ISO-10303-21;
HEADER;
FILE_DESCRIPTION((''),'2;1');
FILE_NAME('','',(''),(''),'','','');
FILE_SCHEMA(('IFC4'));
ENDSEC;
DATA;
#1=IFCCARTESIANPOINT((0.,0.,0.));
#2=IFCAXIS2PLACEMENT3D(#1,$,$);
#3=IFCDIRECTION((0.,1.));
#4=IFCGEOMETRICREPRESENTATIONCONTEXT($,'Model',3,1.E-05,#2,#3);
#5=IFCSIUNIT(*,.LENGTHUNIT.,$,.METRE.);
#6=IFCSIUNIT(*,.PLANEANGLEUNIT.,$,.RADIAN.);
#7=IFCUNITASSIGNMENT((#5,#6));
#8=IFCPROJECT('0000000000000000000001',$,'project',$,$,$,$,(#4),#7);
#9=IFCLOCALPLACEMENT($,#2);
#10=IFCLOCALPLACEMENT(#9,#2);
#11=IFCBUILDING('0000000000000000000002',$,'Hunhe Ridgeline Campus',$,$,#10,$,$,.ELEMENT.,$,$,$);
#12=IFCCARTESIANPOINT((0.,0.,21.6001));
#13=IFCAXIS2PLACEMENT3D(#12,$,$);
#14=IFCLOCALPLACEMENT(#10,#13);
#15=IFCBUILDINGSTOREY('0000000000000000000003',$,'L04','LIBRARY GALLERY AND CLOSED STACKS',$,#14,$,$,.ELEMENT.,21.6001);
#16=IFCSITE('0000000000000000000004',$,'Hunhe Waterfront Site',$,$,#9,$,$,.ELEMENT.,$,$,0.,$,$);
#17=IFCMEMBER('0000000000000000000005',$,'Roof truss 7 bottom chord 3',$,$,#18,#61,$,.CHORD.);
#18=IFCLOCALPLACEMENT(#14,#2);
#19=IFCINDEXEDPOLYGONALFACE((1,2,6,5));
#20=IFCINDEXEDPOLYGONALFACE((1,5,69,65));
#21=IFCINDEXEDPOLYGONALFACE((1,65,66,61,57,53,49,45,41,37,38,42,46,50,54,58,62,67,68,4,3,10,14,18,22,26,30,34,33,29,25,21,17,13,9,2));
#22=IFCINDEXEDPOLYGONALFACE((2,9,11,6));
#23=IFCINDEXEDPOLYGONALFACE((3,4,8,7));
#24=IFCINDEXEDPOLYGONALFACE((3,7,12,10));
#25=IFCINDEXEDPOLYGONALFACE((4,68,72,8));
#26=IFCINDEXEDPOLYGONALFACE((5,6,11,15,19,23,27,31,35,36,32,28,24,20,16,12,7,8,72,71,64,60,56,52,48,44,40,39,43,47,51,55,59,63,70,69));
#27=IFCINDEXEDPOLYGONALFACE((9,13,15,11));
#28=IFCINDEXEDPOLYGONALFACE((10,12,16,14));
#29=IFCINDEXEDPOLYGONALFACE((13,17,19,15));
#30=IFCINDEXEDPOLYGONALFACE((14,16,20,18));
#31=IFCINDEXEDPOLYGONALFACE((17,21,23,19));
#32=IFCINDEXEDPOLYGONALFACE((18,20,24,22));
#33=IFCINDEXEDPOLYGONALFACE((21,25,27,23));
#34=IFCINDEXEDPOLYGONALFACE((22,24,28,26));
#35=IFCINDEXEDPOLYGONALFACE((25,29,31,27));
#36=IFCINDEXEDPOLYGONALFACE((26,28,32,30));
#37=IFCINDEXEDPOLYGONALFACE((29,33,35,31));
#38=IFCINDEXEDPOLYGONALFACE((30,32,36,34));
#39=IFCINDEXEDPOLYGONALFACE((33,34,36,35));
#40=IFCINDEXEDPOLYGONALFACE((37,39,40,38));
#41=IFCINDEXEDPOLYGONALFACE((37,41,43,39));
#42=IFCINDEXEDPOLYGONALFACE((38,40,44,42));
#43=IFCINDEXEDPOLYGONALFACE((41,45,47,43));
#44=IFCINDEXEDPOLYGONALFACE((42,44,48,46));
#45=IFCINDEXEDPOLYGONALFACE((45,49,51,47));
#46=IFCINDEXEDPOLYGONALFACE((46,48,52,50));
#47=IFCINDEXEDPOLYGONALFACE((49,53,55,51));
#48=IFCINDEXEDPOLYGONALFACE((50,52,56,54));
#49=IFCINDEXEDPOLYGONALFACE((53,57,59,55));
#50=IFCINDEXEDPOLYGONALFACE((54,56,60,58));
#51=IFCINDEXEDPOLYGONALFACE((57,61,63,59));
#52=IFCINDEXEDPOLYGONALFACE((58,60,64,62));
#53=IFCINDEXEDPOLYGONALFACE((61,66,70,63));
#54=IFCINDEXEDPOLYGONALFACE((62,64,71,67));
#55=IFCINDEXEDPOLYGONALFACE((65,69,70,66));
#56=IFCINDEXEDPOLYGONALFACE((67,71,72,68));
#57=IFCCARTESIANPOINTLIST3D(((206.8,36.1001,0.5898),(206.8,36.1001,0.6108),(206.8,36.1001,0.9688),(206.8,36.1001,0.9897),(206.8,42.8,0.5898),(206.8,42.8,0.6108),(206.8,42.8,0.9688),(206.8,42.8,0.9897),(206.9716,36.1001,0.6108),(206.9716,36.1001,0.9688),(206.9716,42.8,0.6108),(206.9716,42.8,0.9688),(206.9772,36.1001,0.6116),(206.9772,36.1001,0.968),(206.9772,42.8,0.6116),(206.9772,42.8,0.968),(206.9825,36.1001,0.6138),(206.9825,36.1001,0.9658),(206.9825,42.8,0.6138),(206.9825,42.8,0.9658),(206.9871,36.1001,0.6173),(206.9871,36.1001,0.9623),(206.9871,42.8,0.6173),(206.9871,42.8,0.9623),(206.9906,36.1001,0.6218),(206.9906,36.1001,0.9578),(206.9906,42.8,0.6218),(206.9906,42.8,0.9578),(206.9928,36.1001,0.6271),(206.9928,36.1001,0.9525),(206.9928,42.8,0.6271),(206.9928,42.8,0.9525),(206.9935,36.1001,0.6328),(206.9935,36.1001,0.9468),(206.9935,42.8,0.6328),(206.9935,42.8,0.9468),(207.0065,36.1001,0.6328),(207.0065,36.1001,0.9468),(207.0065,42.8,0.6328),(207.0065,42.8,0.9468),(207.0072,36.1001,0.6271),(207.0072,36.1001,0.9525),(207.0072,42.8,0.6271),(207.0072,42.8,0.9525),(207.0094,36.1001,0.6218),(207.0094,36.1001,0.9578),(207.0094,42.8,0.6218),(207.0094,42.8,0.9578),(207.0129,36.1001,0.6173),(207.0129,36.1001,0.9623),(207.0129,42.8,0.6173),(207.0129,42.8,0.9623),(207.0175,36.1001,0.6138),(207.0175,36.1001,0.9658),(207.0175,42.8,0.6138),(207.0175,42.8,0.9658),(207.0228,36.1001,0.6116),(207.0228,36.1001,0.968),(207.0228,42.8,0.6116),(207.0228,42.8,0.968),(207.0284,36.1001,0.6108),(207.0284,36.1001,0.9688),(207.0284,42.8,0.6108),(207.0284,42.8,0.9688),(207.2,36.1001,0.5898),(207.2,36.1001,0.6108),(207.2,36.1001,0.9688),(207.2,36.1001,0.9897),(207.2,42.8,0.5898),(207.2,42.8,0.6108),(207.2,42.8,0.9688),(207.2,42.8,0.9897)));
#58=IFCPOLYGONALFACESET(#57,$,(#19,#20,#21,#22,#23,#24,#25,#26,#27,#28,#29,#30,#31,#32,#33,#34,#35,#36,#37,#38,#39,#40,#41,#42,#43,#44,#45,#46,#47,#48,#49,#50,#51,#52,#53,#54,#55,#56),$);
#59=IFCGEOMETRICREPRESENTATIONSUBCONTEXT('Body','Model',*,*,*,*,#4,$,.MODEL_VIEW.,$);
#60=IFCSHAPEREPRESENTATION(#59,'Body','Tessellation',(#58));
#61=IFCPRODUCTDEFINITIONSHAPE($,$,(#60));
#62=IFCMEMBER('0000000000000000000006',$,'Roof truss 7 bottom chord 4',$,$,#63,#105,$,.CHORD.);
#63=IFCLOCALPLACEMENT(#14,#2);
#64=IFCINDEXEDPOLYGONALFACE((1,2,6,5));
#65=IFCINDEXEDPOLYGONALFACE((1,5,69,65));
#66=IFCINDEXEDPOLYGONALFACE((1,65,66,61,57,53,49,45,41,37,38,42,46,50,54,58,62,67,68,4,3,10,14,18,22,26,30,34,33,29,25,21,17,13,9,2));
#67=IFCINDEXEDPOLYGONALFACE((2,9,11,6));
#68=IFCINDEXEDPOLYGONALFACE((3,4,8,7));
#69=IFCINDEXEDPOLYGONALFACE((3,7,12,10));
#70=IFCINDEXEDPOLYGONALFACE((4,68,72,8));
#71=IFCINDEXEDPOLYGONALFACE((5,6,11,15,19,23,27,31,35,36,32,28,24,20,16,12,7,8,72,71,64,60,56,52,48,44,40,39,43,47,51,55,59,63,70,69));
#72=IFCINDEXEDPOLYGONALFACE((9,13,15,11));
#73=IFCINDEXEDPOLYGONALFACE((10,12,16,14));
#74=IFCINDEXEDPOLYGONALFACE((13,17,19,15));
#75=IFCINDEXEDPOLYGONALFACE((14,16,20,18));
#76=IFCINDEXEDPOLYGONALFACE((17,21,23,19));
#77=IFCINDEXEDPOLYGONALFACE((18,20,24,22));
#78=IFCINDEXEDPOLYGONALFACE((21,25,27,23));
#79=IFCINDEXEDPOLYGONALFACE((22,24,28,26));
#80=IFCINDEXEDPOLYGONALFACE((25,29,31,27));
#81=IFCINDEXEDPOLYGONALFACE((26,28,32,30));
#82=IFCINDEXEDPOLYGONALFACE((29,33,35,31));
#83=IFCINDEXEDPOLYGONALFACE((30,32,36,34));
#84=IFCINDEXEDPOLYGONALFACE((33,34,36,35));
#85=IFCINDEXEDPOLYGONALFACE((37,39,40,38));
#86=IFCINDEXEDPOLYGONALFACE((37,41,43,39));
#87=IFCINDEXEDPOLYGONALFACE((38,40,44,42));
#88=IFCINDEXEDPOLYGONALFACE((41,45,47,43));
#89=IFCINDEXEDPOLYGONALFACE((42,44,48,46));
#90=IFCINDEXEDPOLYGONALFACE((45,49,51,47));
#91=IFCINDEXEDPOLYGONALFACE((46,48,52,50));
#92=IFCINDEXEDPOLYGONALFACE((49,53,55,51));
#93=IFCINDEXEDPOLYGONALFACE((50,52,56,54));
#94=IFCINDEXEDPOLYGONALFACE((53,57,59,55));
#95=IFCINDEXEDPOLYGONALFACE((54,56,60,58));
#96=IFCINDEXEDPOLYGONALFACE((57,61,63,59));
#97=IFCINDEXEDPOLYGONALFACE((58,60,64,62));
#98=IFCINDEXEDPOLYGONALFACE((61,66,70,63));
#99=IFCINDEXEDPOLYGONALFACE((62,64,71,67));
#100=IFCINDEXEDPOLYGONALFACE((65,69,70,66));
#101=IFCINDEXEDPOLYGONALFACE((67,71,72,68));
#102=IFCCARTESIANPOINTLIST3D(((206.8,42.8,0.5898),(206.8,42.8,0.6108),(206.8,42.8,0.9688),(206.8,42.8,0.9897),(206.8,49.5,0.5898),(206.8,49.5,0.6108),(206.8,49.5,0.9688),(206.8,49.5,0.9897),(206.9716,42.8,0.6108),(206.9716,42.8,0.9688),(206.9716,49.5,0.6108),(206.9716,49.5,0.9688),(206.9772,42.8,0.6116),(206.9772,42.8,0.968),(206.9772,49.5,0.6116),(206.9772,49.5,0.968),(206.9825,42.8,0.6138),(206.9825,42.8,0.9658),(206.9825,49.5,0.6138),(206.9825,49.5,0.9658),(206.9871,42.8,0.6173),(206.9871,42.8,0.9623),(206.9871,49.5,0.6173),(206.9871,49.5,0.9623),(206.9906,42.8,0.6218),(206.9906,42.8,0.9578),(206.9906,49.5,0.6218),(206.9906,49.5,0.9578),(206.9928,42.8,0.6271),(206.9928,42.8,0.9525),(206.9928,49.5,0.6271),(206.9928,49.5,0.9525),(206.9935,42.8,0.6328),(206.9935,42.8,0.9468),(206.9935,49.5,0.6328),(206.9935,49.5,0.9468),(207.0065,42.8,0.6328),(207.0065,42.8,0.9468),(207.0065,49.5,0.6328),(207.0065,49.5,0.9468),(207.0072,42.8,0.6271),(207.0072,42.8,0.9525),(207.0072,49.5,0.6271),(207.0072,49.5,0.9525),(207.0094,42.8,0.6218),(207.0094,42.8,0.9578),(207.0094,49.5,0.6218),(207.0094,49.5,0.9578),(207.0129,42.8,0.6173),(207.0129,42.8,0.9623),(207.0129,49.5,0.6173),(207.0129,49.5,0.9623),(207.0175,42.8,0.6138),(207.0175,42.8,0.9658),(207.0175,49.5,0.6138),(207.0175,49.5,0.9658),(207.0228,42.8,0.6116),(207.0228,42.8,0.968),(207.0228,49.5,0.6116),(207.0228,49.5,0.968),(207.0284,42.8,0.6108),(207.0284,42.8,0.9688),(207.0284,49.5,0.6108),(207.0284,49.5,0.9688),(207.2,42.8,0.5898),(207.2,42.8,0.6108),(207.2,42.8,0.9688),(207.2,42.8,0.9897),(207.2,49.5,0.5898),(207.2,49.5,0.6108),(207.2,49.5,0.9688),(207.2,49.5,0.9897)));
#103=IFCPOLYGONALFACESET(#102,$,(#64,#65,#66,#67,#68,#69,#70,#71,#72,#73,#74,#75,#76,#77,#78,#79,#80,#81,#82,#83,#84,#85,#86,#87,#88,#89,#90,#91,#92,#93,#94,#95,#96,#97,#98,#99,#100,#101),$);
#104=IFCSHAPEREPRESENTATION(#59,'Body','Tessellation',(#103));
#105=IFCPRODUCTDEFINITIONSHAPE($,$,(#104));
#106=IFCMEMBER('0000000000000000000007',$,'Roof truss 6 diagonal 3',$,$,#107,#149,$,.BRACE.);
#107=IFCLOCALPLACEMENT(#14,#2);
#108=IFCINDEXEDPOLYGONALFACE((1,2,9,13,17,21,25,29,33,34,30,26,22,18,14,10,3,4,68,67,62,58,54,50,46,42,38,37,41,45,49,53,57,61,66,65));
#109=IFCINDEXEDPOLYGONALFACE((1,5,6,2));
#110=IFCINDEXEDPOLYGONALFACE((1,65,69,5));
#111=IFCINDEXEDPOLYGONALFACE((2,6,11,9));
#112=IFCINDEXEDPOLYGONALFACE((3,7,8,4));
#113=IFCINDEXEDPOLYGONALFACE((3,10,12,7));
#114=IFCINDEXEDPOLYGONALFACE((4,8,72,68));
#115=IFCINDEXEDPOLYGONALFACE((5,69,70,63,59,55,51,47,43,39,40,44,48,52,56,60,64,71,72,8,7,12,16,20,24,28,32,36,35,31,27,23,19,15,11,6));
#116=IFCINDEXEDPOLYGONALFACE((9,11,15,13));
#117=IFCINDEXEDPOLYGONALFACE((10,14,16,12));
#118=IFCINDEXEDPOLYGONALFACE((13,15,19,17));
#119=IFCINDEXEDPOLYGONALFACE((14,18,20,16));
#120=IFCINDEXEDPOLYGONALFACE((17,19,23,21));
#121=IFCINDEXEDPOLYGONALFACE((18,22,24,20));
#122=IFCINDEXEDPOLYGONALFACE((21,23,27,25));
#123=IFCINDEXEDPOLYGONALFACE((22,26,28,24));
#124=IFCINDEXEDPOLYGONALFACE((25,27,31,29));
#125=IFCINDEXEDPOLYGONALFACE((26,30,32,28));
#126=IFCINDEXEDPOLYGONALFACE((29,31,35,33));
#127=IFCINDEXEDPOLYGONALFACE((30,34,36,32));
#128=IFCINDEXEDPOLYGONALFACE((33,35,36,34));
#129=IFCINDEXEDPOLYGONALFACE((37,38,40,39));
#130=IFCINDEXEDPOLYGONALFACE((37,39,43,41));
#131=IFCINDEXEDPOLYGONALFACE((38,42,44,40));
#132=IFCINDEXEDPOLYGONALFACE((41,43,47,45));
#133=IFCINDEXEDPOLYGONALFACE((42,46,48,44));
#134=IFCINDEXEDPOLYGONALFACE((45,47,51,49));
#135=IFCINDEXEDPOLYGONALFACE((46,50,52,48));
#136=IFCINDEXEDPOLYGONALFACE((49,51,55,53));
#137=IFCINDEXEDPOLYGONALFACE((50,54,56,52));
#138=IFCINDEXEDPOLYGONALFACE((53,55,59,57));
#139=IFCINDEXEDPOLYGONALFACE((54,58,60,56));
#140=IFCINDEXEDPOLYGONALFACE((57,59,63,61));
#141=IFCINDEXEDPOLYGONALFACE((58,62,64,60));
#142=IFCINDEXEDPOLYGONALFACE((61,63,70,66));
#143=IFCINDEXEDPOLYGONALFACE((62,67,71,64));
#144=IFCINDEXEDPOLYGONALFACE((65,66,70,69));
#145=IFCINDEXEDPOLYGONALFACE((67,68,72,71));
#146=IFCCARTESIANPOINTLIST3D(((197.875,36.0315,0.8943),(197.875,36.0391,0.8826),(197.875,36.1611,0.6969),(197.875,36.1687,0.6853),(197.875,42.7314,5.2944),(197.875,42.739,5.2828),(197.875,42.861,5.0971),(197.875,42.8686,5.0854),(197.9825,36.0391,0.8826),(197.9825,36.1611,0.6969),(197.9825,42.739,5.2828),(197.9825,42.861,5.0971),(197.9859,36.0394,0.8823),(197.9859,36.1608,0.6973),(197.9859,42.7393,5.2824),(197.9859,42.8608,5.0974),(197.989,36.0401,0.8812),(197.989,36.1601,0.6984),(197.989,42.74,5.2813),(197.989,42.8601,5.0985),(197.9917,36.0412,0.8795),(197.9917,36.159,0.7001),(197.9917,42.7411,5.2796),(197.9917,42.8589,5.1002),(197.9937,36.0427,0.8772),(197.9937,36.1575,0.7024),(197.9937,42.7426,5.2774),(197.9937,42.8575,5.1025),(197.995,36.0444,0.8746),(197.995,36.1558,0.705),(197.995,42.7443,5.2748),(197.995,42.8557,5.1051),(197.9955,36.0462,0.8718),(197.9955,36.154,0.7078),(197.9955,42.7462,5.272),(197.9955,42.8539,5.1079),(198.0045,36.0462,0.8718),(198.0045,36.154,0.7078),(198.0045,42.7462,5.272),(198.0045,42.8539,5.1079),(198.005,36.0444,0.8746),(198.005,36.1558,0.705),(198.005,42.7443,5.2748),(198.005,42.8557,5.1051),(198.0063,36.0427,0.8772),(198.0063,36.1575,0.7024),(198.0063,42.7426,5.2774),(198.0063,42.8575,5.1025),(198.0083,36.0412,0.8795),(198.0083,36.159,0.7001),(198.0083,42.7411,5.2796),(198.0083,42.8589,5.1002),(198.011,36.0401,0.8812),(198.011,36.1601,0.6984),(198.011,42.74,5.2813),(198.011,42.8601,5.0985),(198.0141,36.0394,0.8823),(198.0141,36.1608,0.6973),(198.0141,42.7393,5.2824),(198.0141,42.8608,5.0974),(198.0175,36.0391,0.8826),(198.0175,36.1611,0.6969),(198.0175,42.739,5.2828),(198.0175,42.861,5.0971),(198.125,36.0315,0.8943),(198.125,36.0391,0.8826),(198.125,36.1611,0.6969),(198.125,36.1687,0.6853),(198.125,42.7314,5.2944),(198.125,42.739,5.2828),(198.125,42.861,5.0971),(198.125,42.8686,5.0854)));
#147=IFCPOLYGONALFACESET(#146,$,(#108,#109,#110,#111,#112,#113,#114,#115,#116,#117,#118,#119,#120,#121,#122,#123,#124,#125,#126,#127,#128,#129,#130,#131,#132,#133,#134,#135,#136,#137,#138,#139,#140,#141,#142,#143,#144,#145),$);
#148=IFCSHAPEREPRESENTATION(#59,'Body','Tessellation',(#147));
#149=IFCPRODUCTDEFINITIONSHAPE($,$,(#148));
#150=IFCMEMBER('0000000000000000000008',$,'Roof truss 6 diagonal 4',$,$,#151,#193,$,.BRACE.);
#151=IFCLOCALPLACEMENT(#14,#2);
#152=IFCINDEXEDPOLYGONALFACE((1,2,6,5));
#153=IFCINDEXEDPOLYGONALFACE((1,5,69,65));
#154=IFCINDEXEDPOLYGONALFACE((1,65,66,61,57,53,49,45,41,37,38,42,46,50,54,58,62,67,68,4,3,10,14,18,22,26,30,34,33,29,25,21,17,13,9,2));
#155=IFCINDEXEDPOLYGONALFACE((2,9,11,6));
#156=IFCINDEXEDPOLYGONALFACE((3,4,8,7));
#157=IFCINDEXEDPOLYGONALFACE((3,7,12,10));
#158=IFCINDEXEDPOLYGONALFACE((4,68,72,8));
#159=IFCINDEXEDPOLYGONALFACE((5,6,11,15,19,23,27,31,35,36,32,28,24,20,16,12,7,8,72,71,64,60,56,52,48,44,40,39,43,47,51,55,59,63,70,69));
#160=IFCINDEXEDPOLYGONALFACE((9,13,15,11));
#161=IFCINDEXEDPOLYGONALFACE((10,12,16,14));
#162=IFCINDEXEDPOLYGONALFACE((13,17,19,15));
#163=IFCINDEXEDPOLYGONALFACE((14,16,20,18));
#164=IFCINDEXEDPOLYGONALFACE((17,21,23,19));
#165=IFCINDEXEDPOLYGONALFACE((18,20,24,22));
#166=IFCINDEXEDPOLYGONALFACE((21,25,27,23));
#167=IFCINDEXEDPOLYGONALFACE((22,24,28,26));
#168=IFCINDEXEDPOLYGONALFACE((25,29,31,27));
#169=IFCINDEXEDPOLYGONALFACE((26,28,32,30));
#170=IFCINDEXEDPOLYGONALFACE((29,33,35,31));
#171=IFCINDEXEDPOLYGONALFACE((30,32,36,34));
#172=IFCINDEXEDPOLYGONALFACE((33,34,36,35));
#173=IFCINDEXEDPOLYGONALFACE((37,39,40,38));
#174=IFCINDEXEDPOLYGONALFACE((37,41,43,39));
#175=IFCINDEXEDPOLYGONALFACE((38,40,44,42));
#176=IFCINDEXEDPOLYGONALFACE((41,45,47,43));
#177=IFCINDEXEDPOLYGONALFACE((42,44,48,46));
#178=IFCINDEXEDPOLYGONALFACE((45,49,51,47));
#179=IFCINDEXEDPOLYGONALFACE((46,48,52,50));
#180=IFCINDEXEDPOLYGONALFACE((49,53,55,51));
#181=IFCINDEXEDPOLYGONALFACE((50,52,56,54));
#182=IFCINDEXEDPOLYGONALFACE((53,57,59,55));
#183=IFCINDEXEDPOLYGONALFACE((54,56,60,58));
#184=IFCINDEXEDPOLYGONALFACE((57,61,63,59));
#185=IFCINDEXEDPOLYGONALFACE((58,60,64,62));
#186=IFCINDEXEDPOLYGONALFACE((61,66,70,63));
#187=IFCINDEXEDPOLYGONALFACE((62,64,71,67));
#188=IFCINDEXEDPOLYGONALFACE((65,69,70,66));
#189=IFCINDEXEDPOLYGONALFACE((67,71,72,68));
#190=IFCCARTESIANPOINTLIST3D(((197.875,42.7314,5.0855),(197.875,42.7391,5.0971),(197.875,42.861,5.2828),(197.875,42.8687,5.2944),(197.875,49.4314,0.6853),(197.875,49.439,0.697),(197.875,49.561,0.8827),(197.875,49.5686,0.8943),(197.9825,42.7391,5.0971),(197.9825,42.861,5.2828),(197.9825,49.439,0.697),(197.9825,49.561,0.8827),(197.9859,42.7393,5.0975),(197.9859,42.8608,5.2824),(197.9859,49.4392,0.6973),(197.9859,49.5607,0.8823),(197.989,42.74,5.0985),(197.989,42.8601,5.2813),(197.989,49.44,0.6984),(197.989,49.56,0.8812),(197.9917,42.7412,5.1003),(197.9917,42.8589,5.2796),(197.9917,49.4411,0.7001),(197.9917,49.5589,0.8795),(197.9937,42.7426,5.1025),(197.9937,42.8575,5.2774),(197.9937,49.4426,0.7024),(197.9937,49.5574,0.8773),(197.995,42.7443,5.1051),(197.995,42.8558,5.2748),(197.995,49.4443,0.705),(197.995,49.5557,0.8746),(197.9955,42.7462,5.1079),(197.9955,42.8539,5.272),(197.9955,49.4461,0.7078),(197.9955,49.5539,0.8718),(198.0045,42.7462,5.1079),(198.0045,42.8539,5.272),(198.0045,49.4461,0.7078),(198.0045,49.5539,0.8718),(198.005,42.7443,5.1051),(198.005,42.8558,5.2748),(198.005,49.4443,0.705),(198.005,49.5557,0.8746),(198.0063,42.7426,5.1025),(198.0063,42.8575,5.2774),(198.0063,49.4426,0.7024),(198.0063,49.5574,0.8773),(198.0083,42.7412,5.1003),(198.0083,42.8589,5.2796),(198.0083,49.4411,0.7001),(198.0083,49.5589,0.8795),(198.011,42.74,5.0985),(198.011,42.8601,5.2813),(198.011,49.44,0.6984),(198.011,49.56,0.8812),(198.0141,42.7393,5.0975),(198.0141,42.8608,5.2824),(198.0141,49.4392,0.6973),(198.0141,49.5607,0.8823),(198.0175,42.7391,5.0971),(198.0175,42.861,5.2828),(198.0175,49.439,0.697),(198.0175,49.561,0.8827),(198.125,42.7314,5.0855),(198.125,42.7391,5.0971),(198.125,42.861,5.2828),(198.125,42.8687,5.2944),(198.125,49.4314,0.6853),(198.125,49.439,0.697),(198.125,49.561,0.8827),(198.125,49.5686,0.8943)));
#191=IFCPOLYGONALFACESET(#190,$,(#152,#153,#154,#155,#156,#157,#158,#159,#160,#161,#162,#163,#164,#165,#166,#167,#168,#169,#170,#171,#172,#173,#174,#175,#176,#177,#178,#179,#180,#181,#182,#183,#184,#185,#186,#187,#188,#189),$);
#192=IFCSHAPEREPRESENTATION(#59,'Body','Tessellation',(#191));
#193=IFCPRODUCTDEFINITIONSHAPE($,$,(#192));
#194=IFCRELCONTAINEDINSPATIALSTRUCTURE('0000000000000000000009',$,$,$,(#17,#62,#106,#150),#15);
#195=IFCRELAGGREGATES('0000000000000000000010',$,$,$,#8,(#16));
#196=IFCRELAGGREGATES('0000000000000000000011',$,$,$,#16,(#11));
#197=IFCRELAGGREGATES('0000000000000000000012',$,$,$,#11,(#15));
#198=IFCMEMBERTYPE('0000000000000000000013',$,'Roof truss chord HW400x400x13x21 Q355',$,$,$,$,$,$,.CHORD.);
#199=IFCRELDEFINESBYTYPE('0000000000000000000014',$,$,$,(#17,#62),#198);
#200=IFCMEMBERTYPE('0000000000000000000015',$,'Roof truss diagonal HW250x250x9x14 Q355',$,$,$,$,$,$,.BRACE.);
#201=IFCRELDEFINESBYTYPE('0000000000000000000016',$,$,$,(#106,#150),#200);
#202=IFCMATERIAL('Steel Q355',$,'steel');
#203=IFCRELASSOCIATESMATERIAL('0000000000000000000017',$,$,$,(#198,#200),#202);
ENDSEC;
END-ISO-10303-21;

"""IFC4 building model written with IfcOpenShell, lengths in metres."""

from ifc_helpers import new_model, si_unit, direction, frame, origin, origin_2d, place, context, subcontext, project, spatial, i_section, extrude, material, material_profile, profile_set, type_object, element, save


model = new_model("IFC4")

# Units and contexts
model_context = context("Model", 3, precision=1e-05, world=origin(), true_north=direction((0.0, 1.0)))
body_context = subcontext(model_context, "Body", "Model", "MODEL_VIEW")
ifc_project = project(units=[si_unit("LENGTHUNIT", "METRE"), si_unit("PLANEANGLEUNIT", "RADIAN")], contexts=[model_context])

# Site, building, storey
site_placement = place(None, origin())
site = spatial("IfcSite", under=ifc_project, at=site_placement, Name="Hunhe Waterfront Site", CompositionType="ELEMENT", RefElevation=0.0)
building_placement = place(site_placement, origin())
building = spatial("IfcBuilding", under=site, at=building_placement, Name="Hunhe Ridgeline Campus", CompositionType="ELEMENT")
storey_placement = place(building_placement, frame((0.0, 0.0, 21.6001)))
storey = spatial("IfcBuildingStorey", under=building, at=storey_placement, Name="L04", Description="LIBRARY GALLERY AND CLOSED STACKS", CompositionType="ELEMENT", Elevation=21.6001)

# Members
ifc_material_1 = material(Name="Steel Q355", Category="steel")
ifc_material_profile_1 = material_profile(ifc_material_1, i_section(OverallWidth=0.3999, OverallDepth=0.3999, WebThickness=0.0129, FlangeThickness=0.021, FilletRadius=0.022, at=origin_2d()))
ifc_profile_set_1 = profile_set([ifc_material_profile_1], Name="Steel Q355")
member_type_1 = type_object("IfcMemberType", Name="Roof truss chord HW400x400x13x21 Q355", PredefinedType="CHORD", material=ifc_profile_set_1)
for number, where, z_axis, x_axis, name in (
    (1, (207.0, 36.1001, 0.7898), (0.0, 1.0, 0.0), (-1.0, 0.0, 0.0), "Roof truss 7 bottom chord 3"),
    (2, (207.0, 42.8, 0.7898), (0.0, 1.0, 0.0), (-1.0, 0.0, 0.0), "Roof truss 7 bottom chord 4"),
):
    element("IfcMember", number, at=place(storey_placement, frame(where, z_axis=z_axis, x_axis=x_axis)), inside=storey, type_object=member_type_1, Name=name, PredefinedType="CHORD", context=body_context, shape_type="SweptSolid", body=[
        extrude(i_section(OverallWidth=0.3999, OverallDepth=0.3999, WebThickness=0.0129, FlangeThickness=0.021, FilletRadius=0.022, at=origin_2d()), origin(), (0.0, 0.0, 1.0), 6.7),
    ])
ifc_material_profile_2 = material_profile(ifc_material_1, i_section(OverallWidth=0.25, OverallDepth=0.25, WebThickness=0.009, FlangeThickness=0.0139, FilletRadius=0.0129, at=origin_2d()))
ifc_profile_set_2 = profile_set([ifc_material_profile_2], Name="Steel Q355")
member_type_2 = type_object("IfcMemberType", Name="Roof truss diagonal HW250x250x9x14 Q355", PredefinedType="BRACE", material=ifc_profile_set_2)
for number, where, z_axis, x_axis, name in (
    (3, (198.0, 36.1001, 0.7898), (0.0, 0.835859, 0.548944), (-1.0, 0.0, 0.0), "Roof truss 6 diagonal 3"),
    (4, (198.0, 42.8, 5.1899), (0.0, 0.835859, -0.548944), (-1.0, 0.0, 0.0), "Roof truss 6 diagonal 4"),
):
    element("IfcMember", number, at=place(storey_placement, frame(where, z_axis=z_axis, x_axis=x_axis)), inside=storey, type_object=member_type_2, Name=name, PredefinedType="BRACE", context=body_context, shape_type="SweptSolid", body=[
        extrude(i_section(OverallWidth=0.25, OverallDepth=0.25, WebThickness=0.009, FlangeThickness=0.0139, FilletRadius=0.0129, at=origin_2d()), origin(), (0.0, 0.0, 1.0), 8.0156),
    ])

save(model, "model.ifc")
